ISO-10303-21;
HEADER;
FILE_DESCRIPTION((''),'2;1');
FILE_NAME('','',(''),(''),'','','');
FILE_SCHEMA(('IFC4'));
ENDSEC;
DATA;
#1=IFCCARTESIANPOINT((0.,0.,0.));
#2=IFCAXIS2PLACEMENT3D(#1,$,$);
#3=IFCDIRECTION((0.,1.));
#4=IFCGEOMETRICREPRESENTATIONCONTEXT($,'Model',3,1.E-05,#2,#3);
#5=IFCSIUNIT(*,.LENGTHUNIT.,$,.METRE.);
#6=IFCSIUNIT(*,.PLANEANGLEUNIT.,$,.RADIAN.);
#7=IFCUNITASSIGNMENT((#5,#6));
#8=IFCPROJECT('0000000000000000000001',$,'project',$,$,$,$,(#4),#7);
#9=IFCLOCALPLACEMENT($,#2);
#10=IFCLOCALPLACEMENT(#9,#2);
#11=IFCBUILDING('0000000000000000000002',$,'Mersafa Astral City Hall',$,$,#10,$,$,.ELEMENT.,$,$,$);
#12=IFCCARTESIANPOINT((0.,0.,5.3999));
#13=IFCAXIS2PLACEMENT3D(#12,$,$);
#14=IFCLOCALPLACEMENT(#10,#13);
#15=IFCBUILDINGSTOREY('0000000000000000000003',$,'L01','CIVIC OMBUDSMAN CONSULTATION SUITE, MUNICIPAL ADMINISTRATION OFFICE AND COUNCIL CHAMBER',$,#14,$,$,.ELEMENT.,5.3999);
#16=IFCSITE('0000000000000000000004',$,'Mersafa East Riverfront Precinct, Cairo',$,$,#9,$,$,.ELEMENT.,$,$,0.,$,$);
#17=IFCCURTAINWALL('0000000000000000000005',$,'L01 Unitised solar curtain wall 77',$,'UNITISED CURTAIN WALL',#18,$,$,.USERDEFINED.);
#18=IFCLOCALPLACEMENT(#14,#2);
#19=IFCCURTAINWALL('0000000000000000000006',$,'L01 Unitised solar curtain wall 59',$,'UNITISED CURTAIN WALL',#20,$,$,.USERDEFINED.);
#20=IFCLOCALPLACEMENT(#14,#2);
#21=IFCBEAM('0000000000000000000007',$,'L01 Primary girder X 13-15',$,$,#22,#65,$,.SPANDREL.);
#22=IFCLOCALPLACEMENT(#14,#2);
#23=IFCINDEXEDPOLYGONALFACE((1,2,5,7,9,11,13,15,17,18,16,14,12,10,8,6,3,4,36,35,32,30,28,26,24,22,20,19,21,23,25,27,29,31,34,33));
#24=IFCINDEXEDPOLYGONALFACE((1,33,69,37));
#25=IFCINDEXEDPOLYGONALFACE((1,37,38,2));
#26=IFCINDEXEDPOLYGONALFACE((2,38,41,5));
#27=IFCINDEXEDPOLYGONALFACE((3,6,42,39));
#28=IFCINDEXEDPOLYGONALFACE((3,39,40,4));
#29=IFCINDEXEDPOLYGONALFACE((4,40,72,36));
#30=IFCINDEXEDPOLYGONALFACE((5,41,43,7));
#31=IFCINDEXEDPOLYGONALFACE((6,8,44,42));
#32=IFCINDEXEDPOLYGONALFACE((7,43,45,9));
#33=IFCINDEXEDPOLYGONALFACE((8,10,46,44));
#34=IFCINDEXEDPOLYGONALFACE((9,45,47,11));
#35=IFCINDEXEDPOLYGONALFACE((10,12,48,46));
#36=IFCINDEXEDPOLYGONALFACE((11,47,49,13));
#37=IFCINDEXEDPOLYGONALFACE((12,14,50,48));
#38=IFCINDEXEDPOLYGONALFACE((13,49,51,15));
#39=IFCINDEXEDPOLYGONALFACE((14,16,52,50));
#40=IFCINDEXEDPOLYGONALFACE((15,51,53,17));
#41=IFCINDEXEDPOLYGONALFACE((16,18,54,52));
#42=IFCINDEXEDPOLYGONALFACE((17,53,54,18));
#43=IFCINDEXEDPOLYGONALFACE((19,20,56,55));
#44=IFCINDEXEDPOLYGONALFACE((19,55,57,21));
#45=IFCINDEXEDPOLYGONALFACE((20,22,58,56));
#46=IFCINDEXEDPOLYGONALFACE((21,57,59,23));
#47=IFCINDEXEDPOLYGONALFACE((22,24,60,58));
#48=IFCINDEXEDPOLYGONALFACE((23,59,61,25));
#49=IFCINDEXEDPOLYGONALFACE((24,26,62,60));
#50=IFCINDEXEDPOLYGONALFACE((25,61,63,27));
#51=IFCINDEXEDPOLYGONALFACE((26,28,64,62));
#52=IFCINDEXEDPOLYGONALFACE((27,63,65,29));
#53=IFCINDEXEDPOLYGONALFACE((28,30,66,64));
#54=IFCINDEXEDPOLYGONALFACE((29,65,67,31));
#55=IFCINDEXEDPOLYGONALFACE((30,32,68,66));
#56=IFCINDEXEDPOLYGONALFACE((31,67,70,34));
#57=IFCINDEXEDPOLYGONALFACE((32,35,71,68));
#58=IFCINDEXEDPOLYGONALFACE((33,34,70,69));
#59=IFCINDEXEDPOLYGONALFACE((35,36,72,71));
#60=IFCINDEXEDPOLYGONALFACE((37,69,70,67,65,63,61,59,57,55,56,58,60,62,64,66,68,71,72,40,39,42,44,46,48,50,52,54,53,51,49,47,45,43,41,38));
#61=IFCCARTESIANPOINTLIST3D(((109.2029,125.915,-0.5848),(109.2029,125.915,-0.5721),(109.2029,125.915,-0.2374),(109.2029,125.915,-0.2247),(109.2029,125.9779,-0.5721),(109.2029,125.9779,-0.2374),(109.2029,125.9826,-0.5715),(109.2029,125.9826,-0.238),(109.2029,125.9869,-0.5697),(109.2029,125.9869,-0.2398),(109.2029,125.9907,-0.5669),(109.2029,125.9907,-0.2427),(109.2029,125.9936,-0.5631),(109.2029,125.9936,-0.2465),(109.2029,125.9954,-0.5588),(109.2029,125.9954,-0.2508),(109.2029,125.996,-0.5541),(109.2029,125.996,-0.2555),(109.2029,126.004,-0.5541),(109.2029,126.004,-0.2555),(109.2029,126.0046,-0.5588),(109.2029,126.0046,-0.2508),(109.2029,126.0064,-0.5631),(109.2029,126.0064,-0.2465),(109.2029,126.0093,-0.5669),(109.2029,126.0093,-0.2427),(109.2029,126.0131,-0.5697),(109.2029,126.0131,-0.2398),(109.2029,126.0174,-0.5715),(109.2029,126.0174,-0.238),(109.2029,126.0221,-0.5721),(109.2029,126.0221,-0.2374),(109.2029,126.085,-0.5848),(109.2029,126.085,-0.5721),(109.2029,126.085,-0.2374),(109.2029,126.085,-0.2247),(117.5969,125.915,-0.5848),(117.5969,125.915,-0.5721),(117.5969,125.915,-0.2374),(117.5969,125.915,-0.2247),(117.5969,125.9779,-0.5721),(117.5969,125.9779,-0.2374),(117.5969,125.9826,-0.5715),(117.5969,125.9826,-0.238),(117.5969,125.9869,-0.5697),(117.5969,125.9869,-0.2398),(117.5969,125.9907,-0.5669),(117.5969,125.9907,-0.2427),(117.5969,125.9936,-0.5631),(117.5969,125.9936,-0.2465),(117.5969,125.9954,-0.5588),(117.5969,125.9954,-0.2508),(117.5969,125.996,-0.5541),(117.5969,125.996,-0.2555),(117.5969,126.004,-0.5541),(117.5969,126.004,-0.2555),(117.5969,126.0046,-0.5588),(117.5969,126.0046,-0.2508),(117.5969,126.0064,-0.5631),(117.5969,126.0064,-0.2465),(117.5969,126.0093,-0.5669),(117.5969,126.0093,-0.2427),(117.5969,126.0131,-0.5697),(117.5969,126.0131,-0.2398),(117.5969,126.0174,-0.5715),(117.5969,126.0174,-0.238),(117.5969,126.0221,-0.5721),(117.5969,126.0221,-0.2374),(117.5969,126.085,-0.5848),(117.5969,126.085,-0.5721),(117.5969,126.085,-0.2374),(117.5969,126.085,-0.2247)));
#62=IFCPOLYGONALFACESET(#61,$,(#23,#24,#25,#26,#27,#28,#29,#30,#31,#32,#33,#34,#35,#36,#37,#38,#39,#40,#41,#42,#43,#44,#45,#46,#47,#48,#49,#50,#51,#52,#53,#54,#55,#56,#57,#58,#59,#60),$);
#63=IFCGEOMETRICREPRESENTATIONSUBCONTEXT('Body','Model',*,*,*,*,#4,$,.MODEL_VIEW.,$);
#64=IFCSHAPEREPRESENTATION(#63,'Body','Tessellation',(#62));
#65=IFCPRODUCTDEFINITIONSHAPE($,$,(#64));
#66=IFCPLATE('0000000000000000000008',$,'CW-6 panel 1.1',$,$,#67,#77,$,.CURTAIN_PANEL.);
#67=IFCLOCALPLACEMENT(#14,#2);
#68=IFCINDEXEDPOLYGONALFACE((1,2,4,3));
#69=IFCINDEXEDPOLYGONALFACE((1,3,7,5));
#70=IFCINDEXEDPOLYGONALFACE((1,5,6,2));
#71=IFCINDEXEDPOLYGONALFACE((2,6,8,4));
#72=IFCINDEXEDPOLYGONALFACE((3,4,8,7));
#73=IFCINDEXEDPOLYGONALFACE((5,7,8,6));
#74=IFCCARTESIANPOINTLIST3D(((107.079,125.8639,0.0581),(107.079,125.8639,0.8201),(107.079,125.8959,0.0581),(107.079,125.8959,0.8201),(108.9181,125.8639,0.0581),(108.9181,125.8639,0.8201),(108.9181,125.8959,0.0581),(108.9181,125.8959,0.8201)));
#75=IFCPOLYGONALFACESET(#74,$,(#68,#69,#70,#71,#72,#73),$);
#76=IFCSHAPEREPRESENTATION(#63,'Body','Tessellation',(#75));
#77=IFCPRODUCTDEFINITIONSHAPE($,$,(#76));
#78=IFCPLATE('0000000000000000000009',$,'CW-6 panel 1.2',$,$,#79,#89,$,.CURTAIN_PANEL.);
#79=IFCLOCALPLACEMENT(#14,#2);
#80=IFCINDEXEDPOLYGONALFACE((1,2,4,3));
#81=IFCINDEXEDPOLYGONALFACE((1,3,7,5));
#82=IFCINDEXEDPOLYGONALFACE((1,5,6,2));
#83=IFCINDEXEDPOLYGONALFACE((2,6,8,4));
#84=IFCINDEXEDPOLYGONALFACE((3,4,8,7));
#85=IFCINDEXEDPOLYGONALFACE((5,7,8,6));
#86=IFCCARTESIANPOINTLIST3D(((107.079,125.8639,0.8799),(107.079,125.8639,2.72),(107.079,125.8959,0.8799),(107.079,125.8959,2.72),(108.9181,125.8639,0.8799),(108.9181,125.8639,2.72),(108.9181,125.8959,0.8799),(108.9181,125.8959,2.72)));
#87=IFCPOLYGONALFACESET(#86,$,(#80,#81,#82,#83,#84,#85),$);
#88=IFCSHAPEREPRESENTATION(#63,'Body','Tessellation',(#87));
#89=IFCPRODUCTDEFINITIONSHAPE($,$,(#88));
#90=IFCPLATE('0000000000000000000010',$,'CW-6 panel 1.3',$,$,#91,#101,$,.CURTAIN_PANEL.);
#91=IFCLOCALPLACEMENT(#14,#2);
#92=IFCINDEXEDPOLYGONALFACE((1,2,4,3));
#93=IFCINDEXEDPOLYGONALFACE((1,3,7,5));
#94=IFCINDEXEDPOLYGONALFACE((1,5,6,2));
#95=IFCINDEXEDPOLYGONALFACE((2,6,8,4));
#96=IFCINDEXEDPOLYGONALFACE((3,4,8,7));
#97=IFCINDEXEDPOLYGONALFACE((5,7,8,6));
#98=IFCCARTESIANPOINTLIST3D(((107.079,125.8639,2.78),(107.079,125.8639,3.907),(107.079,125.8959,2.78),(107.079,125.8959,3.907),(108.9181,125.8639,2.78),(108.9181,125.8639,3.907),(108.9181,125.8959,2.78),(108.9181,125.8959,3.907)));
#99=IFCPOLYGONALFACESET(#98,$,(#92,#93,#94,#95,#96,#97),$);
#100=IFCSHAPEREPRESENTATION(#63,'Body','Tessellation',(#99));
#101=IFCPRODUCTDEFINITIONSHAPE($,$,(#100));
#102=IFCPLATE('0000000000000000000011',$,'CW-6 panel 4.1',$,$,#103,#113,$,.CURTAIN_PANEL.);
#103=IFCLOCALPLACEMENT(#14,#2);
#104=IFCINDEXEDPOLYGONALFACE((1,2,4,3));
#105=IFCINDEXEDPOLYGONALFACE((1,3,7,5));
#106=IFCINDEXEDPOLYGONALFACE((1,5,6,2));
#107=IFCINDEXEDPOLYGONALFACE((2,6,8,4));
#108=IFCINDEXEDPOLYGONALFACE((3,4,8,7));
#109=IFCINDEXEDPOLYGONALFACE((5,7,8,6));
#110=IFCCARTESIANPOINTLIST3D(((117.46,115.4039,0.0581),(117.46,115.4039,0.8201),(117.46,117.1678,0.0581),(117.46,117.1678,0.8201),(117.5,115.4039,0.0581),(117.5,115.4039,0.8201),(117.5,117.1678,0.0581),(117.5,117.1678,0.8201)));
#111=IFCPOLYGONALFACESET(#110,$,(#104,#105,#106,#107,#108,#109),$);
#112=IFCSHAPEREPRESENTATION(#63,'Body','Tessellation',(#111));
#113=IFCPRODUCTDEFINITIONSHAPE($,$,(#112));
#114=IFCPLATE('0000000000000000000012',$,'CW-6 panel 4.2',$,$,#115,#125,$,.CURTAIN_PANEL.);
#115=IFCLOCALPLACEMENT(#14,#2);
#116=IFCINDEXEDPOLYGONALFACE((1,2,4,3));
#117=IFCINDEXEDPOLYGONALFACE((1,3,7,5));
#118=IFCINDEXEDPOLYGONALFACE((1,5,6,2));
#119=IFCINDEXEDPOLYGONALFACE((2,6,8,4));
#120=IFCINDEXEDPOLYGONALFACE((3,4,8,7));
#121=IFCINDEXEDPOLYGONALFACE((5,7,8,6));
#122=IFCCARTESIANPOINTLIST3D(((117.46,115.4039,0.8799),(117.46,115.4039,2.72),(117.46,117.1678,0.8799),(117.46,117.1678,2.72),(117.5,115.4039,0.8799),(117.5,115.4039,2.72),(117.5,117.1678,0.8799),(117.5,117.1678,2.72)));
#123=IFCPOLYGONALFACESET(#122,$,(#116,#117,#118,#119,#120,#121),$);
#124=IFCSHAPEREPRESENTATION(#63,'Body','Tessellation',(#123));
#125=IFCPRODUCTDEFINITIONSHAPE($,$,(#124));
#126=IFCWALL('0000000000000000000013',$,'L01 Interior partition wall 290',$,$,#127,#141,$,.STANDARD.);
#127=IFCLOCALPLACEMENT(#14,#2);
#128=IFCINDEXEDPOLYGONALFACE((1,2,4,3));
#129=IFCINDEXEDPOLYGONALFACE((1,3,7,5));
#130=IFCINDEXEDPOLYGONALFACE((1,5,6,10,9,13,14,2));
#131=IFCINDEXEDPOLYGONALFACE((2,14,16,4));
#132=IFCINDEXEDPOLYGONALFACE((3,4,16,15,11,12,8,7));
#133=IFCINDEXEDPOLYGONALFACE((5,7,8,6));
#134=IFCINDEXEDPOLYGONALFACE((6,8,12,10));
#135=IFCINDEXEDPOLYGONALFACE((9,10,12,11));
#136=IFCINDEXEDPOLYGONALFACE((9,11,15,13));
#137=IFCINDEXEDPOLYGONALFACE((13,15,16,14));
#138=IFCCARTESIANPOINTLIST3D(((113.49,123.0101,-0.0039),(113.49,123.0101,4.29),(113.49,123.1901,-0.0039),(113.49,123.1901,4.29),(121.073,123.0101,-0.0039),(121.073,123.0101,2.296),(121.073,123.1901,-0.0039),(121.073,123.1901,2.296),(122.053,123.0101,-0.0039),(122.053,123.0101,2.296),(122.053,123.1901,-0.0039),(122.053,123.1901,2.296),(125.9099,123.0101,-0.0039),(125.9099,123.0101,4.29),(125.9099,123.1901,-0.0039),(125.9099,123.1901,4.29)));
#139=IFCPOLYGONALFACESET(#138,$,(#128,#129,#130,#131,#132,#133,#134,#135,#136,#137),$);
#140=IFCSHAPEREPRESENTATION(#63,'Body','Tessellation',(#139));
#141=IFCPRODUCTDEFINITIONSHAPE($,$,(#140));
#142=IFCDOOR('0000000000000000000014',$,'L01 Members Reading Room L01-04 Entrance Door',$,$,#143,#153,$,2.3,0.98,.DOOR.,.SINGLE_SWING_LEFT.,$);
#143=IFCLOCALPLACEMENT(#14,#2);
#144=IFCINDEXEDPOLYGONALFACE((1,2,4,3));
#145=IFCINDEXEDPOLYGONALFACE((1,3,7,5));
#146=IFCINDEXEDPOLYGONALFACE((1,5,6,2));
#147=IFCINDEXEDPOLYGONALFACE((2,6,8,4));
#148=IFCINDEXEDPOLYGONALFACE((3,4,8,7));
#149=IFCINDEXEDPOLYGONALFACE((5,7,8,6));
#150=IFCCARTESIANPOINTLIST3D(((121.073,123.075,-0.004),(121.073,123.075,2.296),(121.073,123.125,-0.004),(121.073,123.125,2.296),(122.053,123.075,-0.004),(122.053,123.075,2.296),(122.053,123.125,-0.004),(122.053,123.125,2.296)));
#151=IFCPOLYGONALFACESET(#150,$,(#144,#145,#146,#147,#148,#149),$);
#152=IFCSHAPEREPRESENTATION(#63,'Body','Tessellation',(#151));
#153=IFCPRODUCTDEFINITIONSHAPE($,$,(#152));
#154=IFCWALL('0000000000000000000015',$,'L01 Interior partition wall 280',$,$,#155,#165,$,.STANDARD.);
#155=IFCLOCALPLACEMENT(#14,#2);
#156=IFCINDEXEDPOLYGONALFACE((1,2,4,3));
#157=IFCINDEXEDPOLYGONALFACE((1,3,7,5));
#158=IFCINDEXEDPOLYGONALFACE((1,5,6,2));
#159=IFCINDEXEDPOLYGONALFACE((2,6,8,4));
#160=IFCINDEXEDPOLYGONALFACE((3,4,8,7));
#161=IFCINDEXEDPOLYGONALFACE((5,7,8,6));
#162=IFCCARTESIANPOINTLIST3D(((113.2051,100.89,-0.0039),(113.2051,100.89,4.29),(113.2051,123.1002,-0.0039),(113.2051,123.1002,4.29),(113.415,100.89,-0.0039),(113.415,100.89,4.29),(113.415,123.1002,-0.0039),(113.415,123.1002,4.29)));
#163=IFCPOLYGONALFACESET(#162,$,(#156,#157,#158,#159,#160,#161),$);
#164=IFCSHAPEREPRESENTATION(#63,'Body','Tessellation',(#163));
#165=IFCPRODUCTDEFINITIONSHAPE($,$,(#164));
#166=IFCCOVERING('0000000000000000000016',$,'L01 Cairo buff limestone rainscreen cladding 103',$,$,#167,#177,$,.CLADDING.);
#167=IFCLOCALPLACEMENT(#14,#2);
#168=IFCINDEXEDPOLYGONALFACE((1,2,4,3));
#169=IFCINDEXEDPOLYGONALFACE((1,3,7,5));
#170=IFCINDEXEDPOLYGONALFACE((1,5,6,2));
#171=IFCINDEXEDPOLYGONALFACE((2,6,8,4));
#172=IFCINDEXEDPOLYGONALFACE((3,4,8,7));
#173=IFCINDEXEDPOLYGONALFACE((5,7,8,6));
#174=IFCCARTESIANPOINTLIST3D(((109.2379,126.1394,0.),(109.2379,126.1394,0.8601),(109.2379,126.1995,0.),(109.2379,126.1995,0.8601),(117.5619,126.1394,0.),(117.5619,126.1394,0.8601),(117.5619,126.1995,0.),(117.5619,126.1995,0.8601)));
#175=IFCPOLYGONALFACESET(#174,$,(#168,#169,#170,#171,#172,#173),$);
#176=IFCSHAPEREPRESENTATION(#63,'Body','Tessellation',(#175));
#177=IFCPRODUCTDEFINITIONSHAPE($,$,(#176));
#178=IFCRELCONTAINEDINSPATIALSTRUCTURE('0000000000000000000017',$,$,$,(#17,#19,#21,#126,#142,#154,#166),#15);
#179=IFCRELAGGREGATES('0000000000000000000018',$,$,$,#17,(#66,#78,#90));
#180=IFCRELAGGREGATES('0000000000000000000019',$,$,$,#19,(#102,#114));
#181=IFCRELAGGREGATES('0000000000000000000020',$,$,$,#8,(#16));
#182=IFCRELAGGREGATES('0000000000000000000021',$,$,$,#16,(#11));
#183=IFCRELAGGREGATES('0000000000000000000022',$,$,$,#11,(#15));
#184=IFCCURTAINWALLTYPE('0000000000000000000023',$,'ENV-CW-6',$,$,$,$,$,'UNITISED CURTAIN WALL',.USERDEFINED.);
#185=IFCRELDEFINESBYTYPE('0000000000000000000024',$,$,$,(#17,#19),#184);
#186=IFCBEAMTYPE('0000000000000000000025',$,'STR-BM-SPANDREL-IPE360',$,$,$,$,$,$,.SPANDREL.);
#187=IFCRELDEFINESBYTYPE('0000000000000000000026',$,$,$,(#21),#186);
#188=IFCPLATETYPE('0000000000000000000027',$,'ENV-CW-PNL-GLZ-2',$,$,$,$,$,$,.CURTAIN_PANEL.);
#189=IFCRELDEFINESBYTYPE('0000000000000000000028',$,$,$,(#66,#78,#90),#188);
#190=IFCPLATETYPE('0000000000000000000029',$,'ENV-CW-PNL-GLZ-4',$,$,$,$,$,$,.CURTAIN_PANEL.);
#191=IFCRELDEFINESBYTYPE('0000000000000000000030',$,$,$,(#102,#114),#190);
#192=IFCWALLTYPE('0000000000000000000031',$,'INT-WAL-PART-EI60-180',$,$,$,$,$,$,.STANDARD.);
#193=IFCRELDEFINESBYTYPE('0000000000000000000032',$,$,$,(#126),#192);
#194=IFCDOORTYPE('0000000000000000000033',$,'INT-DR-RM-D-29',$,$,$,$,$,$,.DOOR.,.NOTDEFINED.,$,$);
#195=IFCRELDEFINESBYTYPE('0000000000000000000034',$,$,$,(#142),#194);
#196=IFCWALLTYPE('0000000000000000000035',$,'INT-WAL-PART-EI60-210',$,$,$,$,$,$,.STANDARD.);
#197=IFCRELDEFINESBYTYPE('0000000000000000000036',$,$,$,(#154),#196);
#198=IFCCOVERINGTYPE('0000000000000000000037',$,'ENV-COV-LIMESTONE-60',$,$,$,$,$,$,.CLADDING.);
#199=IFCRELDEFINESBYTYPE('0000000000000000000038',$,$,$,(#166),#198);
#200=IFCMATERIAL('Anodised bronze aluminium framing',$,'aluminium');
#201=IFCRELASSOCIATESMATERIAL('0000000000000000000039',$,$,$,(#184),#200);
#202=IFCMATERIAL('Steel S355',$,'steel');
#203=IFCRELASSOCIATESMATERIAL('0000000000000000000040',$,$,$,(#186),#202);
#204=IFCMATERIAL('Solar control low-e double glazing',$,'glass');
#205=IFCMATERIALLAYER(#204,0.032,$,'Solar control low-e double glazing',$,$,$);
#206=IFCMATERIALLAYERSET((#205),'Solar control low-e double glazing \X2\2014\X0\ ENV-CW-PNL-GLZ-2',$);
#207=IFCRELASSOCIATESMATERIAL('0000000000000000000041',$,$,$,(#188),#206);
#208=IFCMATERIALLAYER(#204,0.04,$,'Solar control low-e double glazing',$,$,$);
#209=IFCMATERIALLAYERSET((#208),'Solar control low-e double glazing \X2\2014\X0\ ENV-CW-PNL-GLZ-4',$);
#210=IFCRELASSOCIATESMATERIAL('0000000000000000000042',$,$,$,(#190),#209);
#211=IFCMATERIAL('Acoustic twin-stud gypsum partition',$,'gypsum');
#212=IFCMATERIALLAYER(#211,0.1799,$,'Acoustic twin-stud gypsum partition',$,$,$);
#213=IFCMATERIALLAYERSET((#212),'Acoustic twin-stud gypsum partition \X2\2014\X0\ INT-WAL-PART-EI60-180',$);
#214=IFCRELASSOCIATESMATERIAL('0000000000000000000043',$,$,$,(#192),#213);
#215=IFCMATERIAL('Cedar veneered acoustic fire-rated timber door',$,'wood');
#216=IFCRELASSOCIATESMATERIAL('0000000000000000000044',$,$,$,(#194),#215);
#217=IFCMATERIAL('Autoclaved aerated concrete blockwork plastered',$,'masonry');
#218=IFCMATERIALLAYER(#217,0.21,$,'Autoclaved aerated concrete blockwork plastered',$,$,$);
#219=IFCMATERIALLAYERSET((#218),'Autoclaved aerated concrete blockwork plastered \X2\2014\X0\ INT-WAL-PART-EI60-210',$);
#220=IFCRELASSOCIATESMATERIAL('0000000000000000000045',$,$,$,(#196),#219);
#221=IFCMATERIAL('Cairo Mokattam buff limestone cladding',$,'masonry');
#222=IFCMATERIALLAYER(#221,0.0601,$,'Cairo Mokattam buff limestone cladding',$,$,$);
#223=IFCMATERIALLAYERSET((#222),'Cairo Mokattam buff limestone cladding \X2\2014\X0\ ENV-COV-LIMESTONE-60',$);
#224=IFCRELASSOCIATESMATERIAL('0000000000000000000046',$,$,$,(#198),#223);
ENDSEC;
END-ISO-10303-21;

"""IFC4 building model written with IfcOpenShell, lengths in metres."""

from ifc_helpers import new_model, si_unit, direction, frame, frame_2d, origin, origin_2d, place, context, subcontext, project, spatial, rectangle, i_section, extrude, material, layer, layer_set, material_profile, profile_set, type_object, element, fill, aggregate, save


model = new_model("IFC4")

# Units and contexts
model_context = context("Model", 3, precision=1e-05, world=origin(), true_north=direction((0.0, 1.0)))
body_context = subcontext(model_context, "Body", "Model", "MODEL_VIEW")
ifc_project = project(units=[si_unit("LENGTHUNIT", "METRE"), si_unit("PLANEANGLEUNIT", "RADIAN")], contexts=[model_context])

# Site, building, storey
site_placement = place(None, origin())
site = spatial("IfcSite", under=ifc_project, at=site_placement, Name="Mersafa East Riverfront Precinct, Cairo", CompositionType="ELEMENT", RefElevation=0.0)
building_placement = place(site_placement, origin())
building = spatial("IfcBuilding", under=site, at=building_placement, Name="Mersafa Astral City Hall", CompositionType="ELEMENT")
storey_placement = place(building_placement, frame((0.0, 0.0, 5.3999)))
storey = spatial("IfcBuildingStorey", under=building, at=storey_placement, Name="L01", Description="CIVIC OMBUDSMAN CONSULTATION SUITE, MUNICIPAL ADMINISTRATION OFFICE AND COUNCIL CHAMBER", CompositionType="ELEMENT", Elevation=5.3999)

# Shared definitions
ifc_material_1 = material(Name="Steel S355", Category="steel")

# Curtain wall
ifc_material_2 = material(Name="Anodised bronze aluminium framing", Category="aluminium")
curtain_wall_type = type_object("IfcCurtainWallType", Name="ENV-CW-6", ElementType="UNITISED CURTAIN WALL", PredefinedType="USERDEFINED", material=ifc_material_2)
curtain_wall_1_placement = place(storey_placement, origin())
curtain_wall_1 = element("IfcCurtainWall", 1, at=curtain_wall_1_placement, inside=storey, type_object=curtain_wall_type, Name="L01 Unitised solar curtain wall 77", ObjectType="UNITISED CURTAIN WALL", PredefinedType="USERDEFINED")

# Curtain wall
curtain_wall_2_placement = place(storey_placement, origin())
curtain_wall_2 = element("IfcCurtainWall", 2, at=curtain_wall_2_placement, inside=storey, type_object=curtain_wall_type, Name="L01 Unitised solar curtain wall 59", ObjectType="UNITISED CURTAIN WALL", PredefinedType="USERDEFINED")

# Beam
ifc_material_profile_1 = material_profile(ifc_material_1, i_section(OverallWidth=0.1699, OverallDepth=0.3601, WebThickness=0.0081, FlangeThickness=0.0127, FilletRadius=0.0181, at=origin_2d()), Name="IPE 360")
ifc_profile_set_1 = profile_set([ifc_material_profile_1], Name="Steel S355")
beam_type_1 = type_object("IfcBeamType", Name="STR-BM-SPANDREL-IPE360", PredefinedType="SPANDREL", material=ifc_profile_set_1)
beam_1_placement = place(storey_placement, frame((109.2029, 126.0, -0.4048), z_axis=(1.0, 0.0, 0.0), x_axis=(0.0, 1.0, 0.0)))
element("IfcBeam", 3, at=beam_1_placement, inside=storey, type_object=beam_type_1, Name="L01 Primary girder X 13-15", PredefinedType="SPANDREL", context=body_context, shape_type="SweptSolid", body=[
    extrude(i_section(OverallWidth=0.1699, OverallDepth=0.3601, WebThickness=0.0081, FlangeThickness=0.0127, FilletRadius=0.0181, at=origin_2d()), origin(), (0.0, 0.0, 1.0), 8.394),
])

# Plates
ifc_material_3 = material(Name="Solar control low-e double glazing", Category="glass")
ifc_layer_1 = layer(ifc_material_3, 0.032, Name="Solar control low-e double glazing")
ifc_layer_set_1 = layer_set([ifc_layer_1], Name="Solar control low-e double glazing — ENV-CW-PNL-GLZ-2")
plate_type_1 = type_object("IfcPlateType", Name="ENV-CW-PNL-GLZ-2", PredefinedType="CURTAIN_PANEL", material=ifc_layer_set_1)
plate_1_placement = place(storey_placement, frame((107.9985, 125.8799, 0.0581), z_axis=(0.0, 0.0, 1.0), x_axis=(-1.0, 0.0, 0.0)))
plate_1 = element("IfcPlate", 4, at=plate_1_placement, type_object=plate_type_1, Name="CW-6 panel 1.1", PredefinedType="CURTAIN_PANEL", context=body_context, shape_type="SweptSolid", body=[
    extrude(rectangle(XDim=1.8391, YDim=0.032, at=origin_2d()), origin(), (0.0, 0.0, 1.0), 0.762),
])
plate_2_placement = place(storey_placement, frame((107.9985, 125.8799, 0.8799), z_axis=(0.0, 0.0, 1.0), x_axis=(-1.0, 0.0, 0.0)))
plate_2 = element("IfcPlate", 5, at=plate_2_placement, type_object=plate_type_1, Name="CW-6 panel 1.2", PredefinedType="CURTAIN_PANEL", context=body_context, shape_type="SweptSolid", body=[
    extrude(rectangle(XDim=1.8391, YDim=0.032, at=origin_2d()), origin(), (0.0, 0.0, 1.0), 1.8401),
])
plate_3_placement = place(storey_placement, frame((107.9985, 125.8799, 2.78), z_axis=(0.0, 0.0, 1.0), x_axis=(-1.0, 0.0, 0.0)))
plate_3 = element("IfcPlate", 6, at=plate_3_placement, type_object=plate_type_1, Name="CW-6 panel 1.3", PredefinedType="CURTAIN_PANEL", context=body_context, shape_type="SweptSolid", body=[
    extrude(rectangle(XDim=1.8391, YDim=0.032, at=origin_2d()), origin(), (0.0, 0.0, 1.0), 1.127),
])
aggregate(curtain_wall_1, [plate_1, plate_2, plate_3])
ifc_layer_2 = layer(ifc_material_3, 0.04, Name="Solar control low-e double glazing")
ifc_layer_set_2 = layer_set([ifc_layer_2], Name="Solar control low-e double glazing — ENV-CW-PNL-GLZ-4")
plate_type_2 = type_object("IfcPlateType", Name="ENV-CW-PNL-GLZ-4", PredefinedType="CURTAIN_PANEL", material=ifc_layer_set_2)
plate_4_placement = place(storey_placement, frame((117.48, 116.2859, 0.0581), z_axis=(0.0, 0.0, 1.0), x_axis=(0.0, 1.0, 0.0)))
plate_4 = element("IfcPlate", 7, at=plate_4_placement, type_object=plate_type_2, Name="CW-6 panel 4.1", PredefinedType="CURTAIN_PANEL", context=body_context, shape_type="SweptSolid", body=[
    extrude(rectangle(XDim=1.7639, YDim=0.04, at=origin_2d()), origin(), (0.0, 0.0, 1.0), 0.762),
])
plate_5_placement = place(storey_placement, frame((117.48, 116.2859, 0.8799), z_axis=(0.0, 0.0, 1.0), x_axis=(0.0, 1.0, 0.0)))
plate_5 = element("IfcPlate", 8, at=plate_5_placement, type_object=plate_type_2, Name="CW-6 panel 4.2", PredefinedType="CURTAIN_PANEL", context=body_context, shape_type="SweptSolid", body=[
    extrude(rectangle(XDim=1.7639, YDim=0.04, at=origin_2d()), origin(), (0.0, 0.0, 1.0), 1.8401),
])
aggregate(curtain_wall_2, [plate_4, plate_5])

# Wall, opening, door
ifc_material_4 = material(Name="Acoustic twin-stud gypsum partition", Category="gypsum")
ifc_layer_3 = layer(ifc_material_4, 0.1799, Name="Acoustic twin-stud gypsum partition")
ifc_layer_set_3 = layer_set([ifc_layer_3], Name="Acoustic twin-stud gypsum partition — INT-WAL-PART-EI60-180")
wall_type_1 = type_object("IfcWallType", Name="INT-WAL-PART-EI60-180", PredefinedType="STANDARD", material=ifc_layer_set_3)
wall_1_placement = place(storey_placement, frame((113.49, 123.1001, -0.0039), z_axis=(0.0, 0.0, 1.0), x_axis=(1.0, 0.0, 0.0)))
wall_1 = element("IfcWall", 9, at=wall_1_placement, inside=storey, type_object=wall_type_1, Name="L01 Interior partition wall 290", PredefinedType="STANDARD", context=body_context, shape_type="SweptSolid", body=[
    extrude(rectangle(XDim=12.4199, YDim=0.1799, at=frame_2d((6.21, 0.0))), origin(), (0.0, 0.0, 1.0), 4.2939),
])
opening_placement = place(wall_1_placement, frame((7.583, 0.0, 0.0)))
opening = element("IfcOpeningElement", 10, at=opening_placement, cuts=wall_1, PredefinedType="OPENING", context=body_context, shape_type="SweptSolid", body=[
    extrude(rectangle(XDim=0.98, YDim=2.3, at=frame_2d((0.49, 1.1499))), frame((0.0, 0.0999, 0.0), z_axis=(0.0, -1.0, 0.0), x_axis=(1.0, 0.0, 0.0)), (0.0, 0.0, 1.0), 0.2),
])
ifc_material_5 = material(Name="Cedar veneered acoustic fire-rated timber door", Category="wood")
door_type = type_object("IfcDoorType", Name="INT-DR-RM-D-29", OperationType="NOTDEFINED", PredefinedType="DOOR", material=ifc_material_5)
door_placement = place(opening_placement, origin())
door = element("IfcDoor", 11, at=door_placement, inside=storey, type_object=door_type, Name="L01 Members Reading Room L01-04 Entrance Door", OperationType="SINGLE_SWING_LEFT", OverallHeight=2.3, OverallWidth=0.98, PredefinedType="DOOR", context=body_context, shape_type="SweptSolid", body=[
    extrude(rectangle(XDim=0.98, YDim=2.3, at=frame_2d((0.49, 1.1499))), frame((0.0, 0.0249, 0.0), z_axis=(0.0, -1.0, 0.0), x_axis=(1.0, 0.0, 0.0)), (0.0, 0.0, 1.0), 0.05),
])
fill(opening, door)

# Wall
ifc_material_6 = material(Name="Autoclaved aerated concrete blockwork plastered", Category="masonry")
ifc_layer_4 = layer(ifc_material_6, 0.21, Name="Autoclaved aerated concrete blockwork plastered")
ifc_layer_set_4 = layer_set([ifc_layer_4], Name="Autoclaved aerated concrete blockwork plastered — INT-WAL-PART-EI60-210")
wall_type_2 = type_object("IfcWallType", Name="INT-WAL-PART-EI60-210", PredefinedType="STANDARD", material=ifc_layer_set_4)
wall_2_placement = place(storey_placement, frame((113.3101, 123.1001, -0.0039), z_axis=(0.0, 0.0, 1.0), x_axis=(0.0, -1.0, 0.0)))
element("IfcWall", 12, at=wall_2_placement, inside=storey, type_object=wall_type_2, Name="L01 Interior partition wall 280", PredefinedType="STANDARD", context=body_context, shape_type="SweptSolid", body=[
    extrude(rectangle(XDim=22.2102, YDim=0.21, at=frame_2d((11.105, 0.0))), origin(), (0.0, 0.0, 1.0), 4.2939),
])

# Covering
ifc_material_7 = material(Name="Cairo Mokattam buff limestone cladding", Category="masonry")
ifc_layer_5 = layer(ifc_material_7, 0.0601, Name="Cairo Mokattam buff limestone cladding")
ifc_layer_set_5 = layer_set([ifc_layer_5], Name="Cairo Mokattam buff limestone cladding — ENV-COV-LIMESTONE-60")
covering_type = type_object("IfcCoveringType", Name="ENV-COV-LIMESTONE-60", PredefinedType="CLADDING", material=ifc_layer_set_5)
covering_placement = place(storey_placement, frame((113.3999, 126.1694, 0.0), z_axis=(0.0, 0.0, 1.0), x_axis=(-1.0, 0.0, 0.0)))
element("IfcCovering", 13, at=covering_placement, inside=storey, type_object=covering_type, Name="L01 Cairo buff limestone rainscreen cladding 103", PredefinedType="CLADDING", context=body_context, shape_type="SweptSolid", body=[
    extrude(rectangle(XDim=8.324, YDim=0.0601, at=origin_2d()), origin(), (0.0, 0.0, 1.0), 0.8601),
])

save(model, "model.ifc")
